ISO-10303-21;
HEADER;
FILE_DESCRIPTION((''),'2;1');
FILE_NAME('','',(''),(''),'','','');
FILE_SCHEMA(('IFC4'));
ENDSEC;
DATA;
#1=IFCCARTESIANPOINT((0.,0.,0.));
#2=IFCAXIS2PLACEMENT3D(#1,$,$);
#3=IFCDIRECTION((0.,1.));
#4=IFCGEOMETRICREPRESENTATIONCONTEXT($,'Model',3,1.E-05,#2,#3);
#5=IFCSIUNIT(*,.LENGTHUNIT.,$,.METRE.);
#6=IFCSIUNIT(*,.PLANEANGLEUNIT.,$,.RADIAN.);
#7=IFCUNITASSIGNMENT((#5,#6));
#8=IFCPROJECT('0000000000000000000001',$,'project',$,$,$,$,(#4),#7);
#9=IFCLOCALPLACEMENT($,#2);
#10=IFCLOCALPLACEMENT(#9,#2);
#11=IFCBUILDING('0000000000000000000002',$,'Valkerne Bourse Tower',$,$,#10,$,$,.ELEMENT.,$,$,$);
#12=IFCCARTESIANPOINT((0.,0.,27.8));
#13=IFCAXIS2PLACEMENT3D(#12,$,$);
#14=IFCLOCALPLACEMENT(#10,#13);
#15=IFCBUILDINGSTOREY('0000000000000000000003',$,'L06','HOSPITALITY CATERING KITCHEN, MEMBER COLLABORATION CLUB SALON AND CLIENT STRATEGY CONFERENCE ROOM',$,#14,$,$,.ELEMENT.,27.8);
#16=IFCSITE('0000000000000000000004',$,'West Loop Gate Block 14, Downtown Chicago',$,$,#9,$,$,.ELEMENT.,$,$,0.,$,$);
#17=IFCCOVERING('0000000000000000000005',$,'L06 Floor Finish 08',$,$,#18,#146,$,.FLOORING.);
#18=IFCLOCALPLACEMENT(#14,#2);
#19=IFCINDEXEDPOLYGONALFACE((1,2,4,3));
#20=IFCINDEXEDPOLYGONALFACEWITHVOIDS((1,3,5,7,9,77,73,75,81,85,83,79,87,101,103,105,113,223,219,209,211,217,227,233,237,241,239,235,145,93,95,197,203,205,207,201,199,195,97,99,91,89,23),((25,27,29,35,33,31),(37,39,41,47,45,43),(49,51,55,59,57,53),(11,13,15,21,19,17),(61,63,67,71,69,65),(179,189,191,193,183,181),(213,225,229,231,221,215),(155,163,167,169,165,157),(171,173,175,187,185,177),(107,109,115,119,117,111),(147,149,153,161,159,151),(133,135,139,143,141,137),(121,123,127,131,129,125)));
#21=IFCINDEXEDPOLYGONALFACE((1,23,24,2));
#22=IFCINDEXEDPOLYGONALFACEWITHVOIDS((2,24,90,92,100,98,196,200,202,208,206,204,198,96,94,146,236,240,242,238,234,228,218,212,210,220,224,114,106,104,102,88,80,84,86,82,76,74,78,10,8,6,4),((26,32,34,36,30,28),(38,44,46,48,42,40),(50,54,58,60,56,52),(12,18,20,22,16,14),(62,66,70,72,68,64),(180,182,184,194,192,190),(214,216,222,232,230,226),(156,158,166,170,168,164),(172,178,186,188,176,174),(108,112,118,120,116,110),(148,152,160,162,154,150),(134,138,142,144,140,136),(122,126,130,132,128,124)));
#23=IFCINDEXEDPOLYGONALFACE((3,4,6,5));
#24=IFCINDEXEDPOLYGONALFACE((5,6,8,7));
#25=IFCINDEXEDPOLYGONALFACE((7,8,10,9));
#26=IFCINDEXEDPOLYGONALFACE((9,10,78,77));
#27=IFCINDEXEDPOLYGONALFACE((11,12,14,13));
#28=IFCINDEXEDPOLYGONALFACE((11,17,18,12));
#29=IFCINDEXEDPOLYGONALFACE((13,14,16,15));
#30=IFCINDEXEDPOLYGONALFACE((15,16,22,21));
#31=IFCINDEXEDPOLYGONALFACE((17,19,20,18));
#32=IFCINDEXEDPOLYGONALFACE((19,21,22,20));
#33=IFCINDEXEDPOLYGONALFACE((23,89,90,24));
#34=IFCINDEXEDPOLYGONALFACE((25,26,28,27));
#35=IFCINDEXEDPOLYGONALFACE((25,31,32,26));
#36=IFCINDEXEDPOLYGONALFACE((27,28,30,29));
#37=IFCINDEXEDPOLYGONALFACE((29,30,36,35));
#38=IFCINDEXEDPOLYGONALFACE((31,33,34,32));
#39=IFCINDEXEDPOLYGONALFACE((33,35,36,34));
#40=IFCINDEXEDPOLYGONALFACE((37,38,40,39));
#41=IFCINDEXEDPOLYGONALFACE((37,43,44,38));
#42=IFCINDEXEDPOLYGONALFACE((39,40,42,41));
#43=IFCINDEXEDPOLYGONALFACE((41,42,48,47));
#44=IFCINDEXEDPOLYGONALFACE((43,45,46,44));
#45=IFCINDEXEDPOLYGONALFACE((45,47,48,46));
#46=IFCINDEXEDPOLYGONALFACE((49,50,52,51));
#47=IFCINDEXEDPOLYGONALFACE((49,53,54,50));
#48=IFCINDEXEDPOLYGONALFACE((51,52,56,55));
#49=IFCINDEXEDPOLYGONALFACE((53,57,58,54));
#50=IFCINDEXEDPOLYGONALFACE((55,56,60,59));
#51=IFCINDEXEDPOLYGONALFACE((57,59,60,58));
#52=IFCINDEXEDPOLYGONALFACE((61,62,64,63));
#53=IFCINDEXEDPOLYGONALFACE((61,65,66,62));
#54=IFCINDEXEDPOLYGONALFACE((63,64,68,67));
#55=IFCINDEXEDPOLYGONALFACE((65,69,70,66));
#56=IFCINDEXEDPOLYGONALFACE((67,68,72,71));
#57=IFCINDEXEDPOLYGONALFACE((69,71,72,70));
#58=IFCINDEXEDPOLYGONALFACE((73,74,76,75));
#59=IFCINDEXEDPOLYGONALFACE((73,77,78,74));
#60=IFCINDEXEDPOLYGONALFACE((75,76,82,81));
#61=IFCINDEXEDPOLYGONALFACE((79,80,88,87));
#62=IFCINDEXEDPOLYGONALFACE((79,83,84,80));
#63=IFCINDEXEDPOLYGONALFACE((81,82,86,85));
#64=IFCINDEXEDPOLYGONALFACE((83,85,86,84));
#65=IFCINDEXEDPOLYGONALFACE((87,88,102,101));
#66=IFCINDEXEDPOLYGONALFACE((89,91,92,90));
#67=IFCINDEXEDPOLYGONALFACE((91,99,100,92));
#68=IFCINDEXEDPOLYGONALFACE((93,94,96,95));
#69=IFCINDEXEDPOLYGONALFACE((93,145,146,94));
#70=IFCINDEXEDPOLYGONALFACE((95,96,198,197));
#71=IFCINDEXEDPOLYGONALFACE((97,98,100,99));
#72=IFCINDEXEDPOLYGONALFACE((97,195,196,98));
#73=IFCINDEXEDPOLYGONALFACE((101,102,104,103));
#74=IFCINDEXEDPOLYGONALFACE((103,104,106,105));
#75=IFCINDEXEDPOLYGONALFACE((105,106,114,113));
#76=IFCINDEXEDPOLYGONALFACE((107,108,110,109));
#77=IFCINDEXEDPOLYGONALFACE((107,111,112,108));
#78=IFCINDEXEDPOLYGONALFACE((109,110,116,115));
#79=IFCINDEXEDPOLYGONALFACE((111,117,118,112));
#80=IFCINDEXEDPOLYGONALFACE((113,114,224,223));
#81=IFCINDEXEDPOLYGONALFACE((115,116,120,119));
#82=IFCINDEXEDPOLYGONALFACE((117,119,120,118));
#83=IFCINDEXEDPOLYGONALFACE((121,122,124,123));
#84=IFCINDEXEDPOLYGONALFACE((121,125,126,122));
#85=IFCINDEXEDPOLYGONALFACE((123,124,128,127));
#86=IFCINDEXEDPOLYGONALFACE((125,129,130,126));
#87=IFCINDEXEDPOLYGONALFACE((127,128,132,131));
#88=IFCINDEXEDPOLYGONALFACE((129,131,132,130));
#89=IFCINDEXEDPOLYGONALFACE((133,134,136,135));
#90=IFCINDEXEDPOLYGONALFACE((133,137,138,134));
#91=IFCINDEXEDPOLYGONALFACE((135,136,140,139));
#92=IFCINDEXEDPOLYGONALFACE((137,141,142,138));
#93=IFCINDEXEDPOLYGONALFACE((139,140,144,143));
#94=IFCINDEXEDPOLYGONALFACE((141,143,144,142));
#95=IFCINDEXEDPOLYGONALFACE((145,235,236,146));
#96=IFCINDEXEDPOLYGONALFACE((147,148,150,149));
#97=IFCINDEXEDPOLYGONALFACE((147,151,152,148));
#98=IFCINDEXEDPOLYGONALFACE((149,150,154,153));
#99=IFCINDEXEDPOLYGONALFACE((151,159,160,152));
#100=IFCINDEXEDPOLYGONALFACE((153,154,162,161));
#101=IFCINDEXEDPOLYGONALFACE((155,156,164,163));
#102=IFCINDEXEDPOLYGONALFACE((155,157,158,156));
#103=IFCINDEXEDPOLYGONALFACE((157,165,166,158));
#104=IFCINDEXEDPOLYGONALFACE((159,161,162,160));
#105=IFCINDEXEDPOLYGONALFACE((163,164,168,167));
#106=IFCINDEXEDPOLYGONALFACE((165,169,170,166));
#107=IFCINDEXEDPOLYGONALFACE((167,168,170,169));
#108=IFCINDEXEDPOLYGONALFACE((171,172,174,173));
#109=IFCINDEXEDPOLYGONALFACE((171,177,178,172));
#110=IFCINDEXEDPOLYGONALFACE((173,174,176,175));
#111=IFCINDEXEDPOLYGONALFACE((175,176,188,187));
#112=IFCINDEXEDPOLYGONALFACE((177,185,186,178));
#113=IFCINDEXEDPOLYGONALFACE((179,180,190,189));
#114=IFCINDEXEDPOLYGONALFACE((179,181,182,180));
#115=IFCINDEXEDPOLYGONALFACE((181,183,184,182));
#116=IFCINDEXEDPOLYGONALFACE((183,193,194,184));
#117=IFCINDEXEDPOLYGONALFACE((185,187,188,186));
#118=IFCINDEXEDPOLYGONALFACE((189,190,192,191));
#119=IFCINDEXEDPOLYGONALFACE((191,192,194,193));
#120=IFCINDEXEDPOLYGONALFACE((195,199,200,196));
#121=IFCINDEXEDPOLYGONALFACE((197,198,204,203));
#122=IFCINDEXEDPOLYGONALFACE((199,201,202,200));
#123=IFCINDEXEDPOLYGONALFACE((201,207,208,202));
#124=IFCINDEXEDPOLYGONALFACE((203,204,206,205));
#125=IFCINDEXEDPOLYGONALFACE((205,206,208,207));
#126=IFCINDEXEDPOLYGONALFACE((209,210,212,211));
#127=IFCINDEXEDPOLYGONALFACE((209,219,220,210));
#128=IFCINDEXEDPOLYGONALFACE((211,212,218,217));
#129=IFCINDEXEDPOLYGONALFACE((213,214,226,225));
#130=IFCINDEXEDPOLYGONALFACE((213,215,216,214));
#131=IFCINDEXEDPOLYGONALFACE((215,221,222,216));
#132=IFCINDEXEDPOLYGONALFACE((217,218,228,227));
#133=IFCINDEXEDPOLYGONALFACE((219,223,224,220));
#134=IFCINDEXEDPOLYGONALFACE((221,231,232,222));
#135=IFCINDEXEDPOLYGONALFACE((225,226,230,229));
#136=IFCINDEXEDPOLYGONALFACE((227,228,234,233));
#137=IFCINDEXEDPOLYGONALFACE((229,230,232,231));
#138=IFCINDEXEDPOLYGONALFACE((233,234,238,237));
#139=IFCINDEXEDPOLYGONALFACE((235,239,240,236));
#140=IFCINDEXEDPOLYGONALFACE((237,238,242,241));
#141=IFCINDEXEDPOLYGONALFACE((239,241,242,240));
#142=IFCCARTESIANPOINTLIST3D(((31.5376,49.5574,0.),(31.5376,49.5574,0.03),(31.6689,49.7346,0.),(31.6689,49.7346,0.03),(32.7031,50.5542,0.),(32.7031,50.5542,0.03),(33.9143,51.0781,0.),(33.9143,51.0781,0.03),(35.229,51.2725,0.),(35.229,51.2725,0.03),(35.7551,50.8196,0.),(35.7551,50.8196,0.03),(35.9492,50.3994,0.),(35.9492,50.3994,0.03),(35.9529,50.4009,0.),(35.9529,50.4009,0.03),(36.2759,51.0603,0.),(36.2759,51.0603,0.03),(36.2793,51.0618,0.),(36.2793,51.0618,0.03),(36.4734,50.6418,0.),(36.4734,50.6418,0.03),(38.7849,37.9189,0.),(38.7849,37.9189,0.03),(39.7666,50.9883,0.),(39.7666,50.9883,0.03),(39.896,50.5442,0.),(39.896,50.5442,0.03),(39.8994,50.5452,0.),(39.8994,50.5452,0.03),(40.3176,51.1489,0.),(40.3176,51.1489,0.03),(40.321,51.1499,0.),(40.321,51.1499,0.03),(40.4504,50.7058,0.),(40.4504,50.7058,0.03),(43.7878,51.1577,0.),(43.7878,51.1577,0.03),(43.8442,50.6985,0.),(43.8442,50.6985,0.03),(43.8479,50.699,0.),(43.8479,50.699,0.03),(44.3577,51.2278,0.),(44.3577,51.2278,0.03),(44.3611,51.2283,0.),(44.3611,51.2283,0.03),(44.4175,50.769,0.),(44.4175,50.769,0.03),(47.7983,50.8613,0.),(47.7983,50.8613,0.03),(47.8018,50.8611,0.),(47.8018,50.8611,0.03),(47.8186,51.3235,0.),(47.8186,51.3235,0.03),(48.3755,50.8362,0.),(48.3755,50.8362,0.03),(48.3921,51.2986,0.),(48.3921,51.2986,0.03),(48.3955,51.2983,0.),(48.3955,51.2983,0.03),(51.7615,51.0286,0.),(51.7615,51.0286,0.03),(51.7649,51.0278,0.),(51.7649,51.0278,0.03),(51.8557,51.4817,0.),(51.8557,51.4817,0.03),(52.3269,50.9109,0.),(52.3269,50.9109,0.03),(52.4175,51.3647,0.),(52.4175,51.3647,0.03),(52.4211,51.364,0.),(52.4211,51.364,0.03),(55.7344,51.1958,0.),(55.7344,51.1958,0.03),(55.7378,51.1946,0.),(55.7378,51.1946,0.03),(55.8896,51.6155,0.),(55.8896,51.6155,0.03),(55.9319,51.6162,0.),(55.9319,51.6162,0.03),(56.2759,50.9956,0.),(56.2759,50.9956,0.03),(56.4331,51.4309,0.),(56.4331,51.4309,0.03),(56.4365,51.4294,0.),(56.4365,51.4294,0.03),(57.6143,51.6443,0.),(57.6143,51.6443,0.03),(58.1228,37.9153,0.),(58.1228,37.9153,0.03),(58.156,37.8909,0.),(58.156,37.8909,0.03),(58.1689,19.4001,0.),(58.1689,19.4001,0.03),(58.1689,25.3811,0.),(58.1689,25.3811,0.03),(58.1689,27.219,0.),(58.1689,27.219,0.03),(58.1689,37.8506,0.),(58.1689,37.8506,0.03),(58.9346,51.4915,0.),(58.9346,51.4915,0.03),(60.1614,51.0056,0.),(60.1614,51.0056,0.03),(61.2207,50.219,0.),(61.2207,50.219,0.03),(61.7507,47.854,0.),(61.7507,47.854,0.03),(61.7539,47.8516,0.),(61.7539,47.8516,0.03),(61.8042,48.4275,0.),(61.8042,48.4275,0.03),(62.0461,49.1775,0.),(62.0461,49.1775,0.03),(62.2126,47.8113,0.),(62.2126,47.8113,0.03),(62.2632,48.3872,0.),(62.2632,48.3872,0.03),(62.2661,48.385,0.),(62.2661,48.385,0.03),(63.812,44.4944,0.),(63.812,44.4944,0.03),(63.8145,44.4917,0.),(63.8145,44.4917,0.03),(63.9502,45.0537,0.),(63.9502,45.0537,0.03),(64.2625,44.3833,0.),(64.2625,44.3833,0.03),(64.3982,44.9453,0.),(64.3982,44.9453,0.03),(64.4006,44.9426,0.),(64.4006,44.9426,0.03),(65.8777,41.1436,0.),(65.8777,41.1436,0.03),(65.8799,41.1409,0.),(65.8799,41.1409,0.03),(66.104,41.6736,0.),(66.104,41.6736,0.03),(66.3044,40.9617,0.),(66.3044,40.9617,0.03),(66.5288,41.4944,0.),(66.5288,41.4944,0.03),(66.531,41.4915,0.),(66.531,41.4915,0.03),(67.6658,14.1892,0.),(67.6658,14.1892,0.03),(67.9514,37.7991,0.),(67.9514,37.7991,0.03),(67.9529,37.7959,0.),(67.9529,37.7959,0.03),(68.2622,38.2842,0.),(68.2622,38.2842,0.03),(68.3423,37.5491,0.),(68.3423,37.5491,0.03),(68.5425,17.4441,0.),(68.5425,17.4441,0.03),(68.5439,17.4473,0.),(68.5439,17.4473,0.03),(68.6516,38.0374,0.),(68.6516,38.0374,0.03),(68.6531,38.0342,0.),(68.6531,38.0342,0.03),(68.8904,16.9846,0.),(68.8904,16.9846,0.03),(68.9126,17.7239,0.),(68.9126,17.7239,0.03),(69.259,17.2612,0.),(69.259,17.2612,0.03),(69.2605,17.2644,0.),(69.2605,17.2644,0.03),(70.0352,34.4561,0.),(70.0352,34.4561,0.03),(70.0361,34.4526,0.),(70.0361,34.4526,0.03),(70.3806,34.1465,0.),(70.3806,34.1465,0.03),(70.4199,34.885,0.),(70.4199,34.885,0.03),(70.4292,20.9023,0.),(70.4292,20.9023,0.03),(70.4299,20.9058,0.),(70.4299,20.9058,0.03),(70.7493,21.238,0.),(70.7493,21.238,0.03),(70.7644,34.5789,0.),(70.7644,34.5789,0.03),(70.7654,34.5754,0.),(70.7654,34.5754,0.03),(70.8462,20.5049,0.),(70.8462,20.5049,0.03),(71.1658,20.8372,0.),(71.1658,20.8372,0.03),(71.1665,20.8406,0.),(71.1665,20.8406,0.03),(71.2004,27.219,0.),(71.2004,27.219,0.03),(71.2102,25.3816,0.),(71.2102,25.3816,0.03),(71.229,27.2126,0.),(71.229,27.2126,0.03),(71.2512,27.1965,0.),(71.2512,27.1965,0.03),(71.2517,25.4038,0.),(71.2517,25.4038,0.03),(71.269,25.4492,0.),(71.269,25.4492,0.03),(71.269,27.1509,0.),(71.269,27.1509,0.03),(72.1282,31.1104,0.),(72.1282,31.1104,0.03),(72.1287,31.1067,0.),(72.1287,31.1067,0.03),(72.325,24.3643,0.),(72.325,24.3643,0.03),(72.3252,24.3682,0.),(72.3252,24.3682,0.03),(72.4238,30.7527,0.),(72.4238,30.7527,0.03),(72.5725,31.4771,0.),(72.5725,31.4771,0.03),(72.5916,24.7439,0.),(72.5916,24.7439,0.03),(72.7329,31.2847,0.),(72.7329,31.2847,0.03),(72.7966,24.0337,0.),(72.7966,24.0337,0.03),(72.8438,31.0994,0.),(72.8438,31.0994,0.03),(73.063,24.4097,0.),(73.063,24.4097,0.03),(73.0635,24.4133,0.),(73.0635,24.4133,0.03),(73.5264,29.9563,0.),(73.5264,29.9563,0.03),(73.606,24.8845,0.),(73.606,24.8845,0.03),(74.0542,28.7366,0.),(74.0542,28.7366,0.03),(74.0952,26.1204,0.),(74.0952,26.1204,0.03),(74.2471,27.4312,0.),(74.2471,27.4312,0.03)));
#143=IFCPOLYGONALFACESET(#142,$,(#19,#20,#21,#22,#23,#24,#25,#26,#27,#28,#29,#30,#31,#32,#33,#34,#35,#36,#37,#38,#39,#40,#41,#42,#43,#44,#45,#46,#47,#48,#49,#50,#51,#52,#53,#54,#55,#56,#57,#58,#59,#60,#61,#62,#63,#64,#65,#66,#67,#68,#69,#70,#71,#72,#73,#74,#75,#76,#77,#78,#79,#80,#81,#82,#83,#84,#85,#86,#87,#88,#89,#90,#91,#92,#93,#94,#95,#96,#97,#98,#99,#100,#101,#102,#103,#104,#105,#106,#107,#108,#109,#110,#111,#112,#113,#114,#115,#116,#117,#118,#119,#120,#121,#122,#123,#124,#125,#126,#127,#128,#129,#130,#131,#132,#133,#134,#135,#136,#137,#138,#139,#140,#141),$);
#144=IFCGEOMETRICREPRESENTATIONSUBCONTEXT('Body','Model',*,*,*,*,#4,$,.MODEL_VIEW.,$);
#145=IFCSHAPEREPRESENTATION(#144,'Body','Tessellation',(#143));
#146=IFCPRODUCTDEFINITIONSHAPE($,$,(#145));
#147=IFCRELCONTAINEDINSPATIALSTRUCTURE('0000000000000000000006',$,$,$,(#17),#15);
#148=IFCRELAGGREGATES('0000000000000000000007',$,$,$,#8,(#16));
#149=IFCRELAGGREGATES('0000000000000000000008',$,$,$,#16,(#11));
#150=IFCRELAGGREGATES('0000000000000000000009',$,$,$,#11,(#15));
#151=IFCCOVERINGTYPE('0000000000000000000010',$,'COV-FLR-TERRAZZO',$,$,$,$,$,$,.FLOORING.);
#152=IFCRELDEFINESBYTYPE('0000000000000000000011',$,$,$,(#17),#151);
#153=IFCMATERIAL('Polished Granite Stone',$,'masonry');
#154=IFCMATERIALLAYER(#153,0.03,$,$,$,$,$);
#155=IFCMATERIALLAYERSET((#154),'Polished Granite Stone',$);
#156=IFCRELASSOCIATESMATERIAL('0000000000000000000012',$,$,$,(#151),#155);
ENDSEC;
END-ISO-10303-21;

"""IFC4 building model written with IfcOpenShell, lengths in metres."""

from ifc_helpers import new_model, si_unit, direction, frame, origin, place, context, subcontext, project, spatial, polyline, outline, extrude, material, layer, layer_set, type_object, element, save


model = new_model("IFC4")

# Units and contexts
model_context = context("Model", 3, precision=1e-05, world=origin(), true_north=direction((0.0, 1.0)))
body_context = subcontext(model_context, "Body", "Model", "MODEL_VIEW")
ifc_project = project(units=[si_unit("LENGTHUNIT", "METRE"), si_unit("PLANEANGLEUNIT", "RADIAN")], contexts=[model_context])

# Site, building, storey
site_placement = place(None, origin())
site = spatial("IfcSite", under=ifc_project, at=site_placement, Name="West Loop Gate Block 14, Downtown Chicago", CompositionType="ELEMENT", RefElevation=0.0)
building_placement = place(site_placement, origin())
building = spatial("IfcBuilding", under=site, at=building_placement, Name="Valkerne Bourse Tower", CompositionType="ELEMENT")
storey_placement = place(building_placement, frame((0.0, 0.0, 27.8)))
storey = spatial("IfcBuildingStorey", under=building, at=storey_placement, Name="L06", Description="HOSPITALITY CATERING KITCHEN, MEMBER COLLABORATION CLUB SALON AND CLIENT STRATEGY CONFERENCE ROOM", CompositionType="ELEMENT", Elevation=27.8)

# Covering
ifc_material_1 = material(Name="Polished Granite Stone", Category="masonry")
ifc_layer_1 = layer(ifc_material_1, 0.03)
ifc_layer_set_1 = layer_set([ifc_layer_1], Name="Polished Granite Stone")
covering_type_1 = type_object("IfcCoveringType", Name="COV-FLR-TERRAZZO", PredefinedType="FLOORING", material=ifc_layer_set_1)
covering_1_placement = place(storey_placement, origin())
element("IfcCovering", 1, at=covering_1_placement, inside=storey, type_object=covering_type_1, Name="L06 Floor Finish 08", PredefinedType="FLOORING", context=body_context, shape_type="SweptSolid", body=[
    extrude(outline(polyline([(33.9143, 51.0781), (35.229, 51.2725), (55.8896, 51.6155), (55.7344, 51.1958), (55.7378, 51.1946), (56.2759, 50.9956), (56.4365, 51.4294), (56.4331, 51.4309), (55.9319, 51.6162), (57.6143, 51.6443), (58.9346, 51.4915), (60.1614, 51.0056), (61.2207, 50.219), (62.0461, 49.1775), (72.7329, 31.2847), (72.5725, 31.4771), (72.1282, 31.1104), (72.1287, 31.1067), (72.4238, 30.7527), (72.8438, 31.0994), (73.5264, 29.9563), (74.0542, 28.7366), (74.2471, 27.4312), (74.0952, 26.1204), (73.606, 24.8845), (67.6658, 14.1892), (58.1689, 19.4001), (58.1689, 25.3811), (71.2102, 25.3816), (71.2517, 25.4038), (71.269, 25.4492), (71.269, 27.1509), (71.2512, 27.1965), (71.229, 27.2126), (71.2004, 27.219), (58.1689, 27.219), (58.1689, 37.8506), (58.156, 37.8909), (58.1228, 37.9153), (38.7849, 37.9189), (31.5376, 49.5574), (31.6689, 49.7346), (32.7031, 50.5542), (33.9143, 51.0781)]), holes=[polyline([(35.9529, 50.4009), (36.4734, 50.6418), (36.2793, 51.0618), (36.2759, 51.0603), (35.7551, 50.8196), (35.9492, 50.3994), (35.9529, 50.4009)]), polyline([(39.8994, 50.5452), (40.4504, 50.7058), (40.321, 51.1499), (40.3176, 51.1489), (39.7666, 50.9883), (39.896, 50.5442), (39.8994, 50.5452)]), polyline([(44.4175, 50.769), (44.3611, 51.2283), (44.3577, 51.2278), (43.7878, 51.1577), (43.8442, 50.6985), (43.8479, 50.699), (44.4175, 50.769)]), polyline([(48.3955, 51.2983), (48.3921, 51.2986), (47.8186, 51.3235), (47.7983, 50.8613), (47.8018, 50.8611), (48.3755, 50.8362), (48.3955, 51.2983)]), polyline([(52.4211, 51.364), (52.4175, 51.3647), (51.8557, 51.4817), (51.7615, 51.0286), (51.7649, 51.0278), (52.3269, 50.9109), (52.4211, 51.364)]), polyline([(69.259, 17.2612), (69.2605, 17.2644), (68.9126, 17.7239), (68.5439, 17.4473), (68.5425, 17.4441), (68.8904, 16.9846), (69.259, 17.2612)]), polyline([(71.1658, 20.8372), (71.1665, 20.8406), (70.7493, 21.238), (70.4299, 20.9058), (70.4292, 20.9023), (70.8462, 20.5049), (71.1658, 20.8372)]), polyline([(73.0635, 24.4133), (72.5916, 24.7439), (72.3252, 24.3682), (72.325, 24.3643), (72.7966, 24.0337), (73.063, 24.4097), (73.0635, 24.4133)]), polyline([(70.7654, 34.5754), (70.7644, 34.5789), (70.4199, 34.885), (70.0352, 34.4561), (70.0361, 34.4526), (70.3806, 34.1465), (70.7654, 34.5754)]), polyline([(68.6516, 38.0374), (68.2622, 38.2842), (67.9514, 37.7991), (67.9529, 37.7959), (68.3423, 37.5491), (68.6531, 38.0342), (68.6516, 38.0374)]), polyline([(66.531, 41.4915), (66.5288, 41.4944), (66.104, 41.6736), (65.8777, 41.1436), (65.8799, 41.1409), (66.3044, 40.9617), (66.531, 41.4915)]), polyline([(64.4006, 44.9426), (64.3982, 44.9453), (63.9502, 45.0537), (63.812, 44.4944), (63.8145, 44.4917), (64.2625, 44.3833), (64.4006, 44.9426)]), polyline([(62.2632, 48.3872), (61.8042, 48.4275), (61.7507, 47.854), (61.7539, 47.8516), (62.2126, 47.8113), (62.2661, 48.385), (62.2632, 48.3872)])]), origin(), (0.0, 0.0, 1.0), 0.03),
])

save(model, "model.ifc")
